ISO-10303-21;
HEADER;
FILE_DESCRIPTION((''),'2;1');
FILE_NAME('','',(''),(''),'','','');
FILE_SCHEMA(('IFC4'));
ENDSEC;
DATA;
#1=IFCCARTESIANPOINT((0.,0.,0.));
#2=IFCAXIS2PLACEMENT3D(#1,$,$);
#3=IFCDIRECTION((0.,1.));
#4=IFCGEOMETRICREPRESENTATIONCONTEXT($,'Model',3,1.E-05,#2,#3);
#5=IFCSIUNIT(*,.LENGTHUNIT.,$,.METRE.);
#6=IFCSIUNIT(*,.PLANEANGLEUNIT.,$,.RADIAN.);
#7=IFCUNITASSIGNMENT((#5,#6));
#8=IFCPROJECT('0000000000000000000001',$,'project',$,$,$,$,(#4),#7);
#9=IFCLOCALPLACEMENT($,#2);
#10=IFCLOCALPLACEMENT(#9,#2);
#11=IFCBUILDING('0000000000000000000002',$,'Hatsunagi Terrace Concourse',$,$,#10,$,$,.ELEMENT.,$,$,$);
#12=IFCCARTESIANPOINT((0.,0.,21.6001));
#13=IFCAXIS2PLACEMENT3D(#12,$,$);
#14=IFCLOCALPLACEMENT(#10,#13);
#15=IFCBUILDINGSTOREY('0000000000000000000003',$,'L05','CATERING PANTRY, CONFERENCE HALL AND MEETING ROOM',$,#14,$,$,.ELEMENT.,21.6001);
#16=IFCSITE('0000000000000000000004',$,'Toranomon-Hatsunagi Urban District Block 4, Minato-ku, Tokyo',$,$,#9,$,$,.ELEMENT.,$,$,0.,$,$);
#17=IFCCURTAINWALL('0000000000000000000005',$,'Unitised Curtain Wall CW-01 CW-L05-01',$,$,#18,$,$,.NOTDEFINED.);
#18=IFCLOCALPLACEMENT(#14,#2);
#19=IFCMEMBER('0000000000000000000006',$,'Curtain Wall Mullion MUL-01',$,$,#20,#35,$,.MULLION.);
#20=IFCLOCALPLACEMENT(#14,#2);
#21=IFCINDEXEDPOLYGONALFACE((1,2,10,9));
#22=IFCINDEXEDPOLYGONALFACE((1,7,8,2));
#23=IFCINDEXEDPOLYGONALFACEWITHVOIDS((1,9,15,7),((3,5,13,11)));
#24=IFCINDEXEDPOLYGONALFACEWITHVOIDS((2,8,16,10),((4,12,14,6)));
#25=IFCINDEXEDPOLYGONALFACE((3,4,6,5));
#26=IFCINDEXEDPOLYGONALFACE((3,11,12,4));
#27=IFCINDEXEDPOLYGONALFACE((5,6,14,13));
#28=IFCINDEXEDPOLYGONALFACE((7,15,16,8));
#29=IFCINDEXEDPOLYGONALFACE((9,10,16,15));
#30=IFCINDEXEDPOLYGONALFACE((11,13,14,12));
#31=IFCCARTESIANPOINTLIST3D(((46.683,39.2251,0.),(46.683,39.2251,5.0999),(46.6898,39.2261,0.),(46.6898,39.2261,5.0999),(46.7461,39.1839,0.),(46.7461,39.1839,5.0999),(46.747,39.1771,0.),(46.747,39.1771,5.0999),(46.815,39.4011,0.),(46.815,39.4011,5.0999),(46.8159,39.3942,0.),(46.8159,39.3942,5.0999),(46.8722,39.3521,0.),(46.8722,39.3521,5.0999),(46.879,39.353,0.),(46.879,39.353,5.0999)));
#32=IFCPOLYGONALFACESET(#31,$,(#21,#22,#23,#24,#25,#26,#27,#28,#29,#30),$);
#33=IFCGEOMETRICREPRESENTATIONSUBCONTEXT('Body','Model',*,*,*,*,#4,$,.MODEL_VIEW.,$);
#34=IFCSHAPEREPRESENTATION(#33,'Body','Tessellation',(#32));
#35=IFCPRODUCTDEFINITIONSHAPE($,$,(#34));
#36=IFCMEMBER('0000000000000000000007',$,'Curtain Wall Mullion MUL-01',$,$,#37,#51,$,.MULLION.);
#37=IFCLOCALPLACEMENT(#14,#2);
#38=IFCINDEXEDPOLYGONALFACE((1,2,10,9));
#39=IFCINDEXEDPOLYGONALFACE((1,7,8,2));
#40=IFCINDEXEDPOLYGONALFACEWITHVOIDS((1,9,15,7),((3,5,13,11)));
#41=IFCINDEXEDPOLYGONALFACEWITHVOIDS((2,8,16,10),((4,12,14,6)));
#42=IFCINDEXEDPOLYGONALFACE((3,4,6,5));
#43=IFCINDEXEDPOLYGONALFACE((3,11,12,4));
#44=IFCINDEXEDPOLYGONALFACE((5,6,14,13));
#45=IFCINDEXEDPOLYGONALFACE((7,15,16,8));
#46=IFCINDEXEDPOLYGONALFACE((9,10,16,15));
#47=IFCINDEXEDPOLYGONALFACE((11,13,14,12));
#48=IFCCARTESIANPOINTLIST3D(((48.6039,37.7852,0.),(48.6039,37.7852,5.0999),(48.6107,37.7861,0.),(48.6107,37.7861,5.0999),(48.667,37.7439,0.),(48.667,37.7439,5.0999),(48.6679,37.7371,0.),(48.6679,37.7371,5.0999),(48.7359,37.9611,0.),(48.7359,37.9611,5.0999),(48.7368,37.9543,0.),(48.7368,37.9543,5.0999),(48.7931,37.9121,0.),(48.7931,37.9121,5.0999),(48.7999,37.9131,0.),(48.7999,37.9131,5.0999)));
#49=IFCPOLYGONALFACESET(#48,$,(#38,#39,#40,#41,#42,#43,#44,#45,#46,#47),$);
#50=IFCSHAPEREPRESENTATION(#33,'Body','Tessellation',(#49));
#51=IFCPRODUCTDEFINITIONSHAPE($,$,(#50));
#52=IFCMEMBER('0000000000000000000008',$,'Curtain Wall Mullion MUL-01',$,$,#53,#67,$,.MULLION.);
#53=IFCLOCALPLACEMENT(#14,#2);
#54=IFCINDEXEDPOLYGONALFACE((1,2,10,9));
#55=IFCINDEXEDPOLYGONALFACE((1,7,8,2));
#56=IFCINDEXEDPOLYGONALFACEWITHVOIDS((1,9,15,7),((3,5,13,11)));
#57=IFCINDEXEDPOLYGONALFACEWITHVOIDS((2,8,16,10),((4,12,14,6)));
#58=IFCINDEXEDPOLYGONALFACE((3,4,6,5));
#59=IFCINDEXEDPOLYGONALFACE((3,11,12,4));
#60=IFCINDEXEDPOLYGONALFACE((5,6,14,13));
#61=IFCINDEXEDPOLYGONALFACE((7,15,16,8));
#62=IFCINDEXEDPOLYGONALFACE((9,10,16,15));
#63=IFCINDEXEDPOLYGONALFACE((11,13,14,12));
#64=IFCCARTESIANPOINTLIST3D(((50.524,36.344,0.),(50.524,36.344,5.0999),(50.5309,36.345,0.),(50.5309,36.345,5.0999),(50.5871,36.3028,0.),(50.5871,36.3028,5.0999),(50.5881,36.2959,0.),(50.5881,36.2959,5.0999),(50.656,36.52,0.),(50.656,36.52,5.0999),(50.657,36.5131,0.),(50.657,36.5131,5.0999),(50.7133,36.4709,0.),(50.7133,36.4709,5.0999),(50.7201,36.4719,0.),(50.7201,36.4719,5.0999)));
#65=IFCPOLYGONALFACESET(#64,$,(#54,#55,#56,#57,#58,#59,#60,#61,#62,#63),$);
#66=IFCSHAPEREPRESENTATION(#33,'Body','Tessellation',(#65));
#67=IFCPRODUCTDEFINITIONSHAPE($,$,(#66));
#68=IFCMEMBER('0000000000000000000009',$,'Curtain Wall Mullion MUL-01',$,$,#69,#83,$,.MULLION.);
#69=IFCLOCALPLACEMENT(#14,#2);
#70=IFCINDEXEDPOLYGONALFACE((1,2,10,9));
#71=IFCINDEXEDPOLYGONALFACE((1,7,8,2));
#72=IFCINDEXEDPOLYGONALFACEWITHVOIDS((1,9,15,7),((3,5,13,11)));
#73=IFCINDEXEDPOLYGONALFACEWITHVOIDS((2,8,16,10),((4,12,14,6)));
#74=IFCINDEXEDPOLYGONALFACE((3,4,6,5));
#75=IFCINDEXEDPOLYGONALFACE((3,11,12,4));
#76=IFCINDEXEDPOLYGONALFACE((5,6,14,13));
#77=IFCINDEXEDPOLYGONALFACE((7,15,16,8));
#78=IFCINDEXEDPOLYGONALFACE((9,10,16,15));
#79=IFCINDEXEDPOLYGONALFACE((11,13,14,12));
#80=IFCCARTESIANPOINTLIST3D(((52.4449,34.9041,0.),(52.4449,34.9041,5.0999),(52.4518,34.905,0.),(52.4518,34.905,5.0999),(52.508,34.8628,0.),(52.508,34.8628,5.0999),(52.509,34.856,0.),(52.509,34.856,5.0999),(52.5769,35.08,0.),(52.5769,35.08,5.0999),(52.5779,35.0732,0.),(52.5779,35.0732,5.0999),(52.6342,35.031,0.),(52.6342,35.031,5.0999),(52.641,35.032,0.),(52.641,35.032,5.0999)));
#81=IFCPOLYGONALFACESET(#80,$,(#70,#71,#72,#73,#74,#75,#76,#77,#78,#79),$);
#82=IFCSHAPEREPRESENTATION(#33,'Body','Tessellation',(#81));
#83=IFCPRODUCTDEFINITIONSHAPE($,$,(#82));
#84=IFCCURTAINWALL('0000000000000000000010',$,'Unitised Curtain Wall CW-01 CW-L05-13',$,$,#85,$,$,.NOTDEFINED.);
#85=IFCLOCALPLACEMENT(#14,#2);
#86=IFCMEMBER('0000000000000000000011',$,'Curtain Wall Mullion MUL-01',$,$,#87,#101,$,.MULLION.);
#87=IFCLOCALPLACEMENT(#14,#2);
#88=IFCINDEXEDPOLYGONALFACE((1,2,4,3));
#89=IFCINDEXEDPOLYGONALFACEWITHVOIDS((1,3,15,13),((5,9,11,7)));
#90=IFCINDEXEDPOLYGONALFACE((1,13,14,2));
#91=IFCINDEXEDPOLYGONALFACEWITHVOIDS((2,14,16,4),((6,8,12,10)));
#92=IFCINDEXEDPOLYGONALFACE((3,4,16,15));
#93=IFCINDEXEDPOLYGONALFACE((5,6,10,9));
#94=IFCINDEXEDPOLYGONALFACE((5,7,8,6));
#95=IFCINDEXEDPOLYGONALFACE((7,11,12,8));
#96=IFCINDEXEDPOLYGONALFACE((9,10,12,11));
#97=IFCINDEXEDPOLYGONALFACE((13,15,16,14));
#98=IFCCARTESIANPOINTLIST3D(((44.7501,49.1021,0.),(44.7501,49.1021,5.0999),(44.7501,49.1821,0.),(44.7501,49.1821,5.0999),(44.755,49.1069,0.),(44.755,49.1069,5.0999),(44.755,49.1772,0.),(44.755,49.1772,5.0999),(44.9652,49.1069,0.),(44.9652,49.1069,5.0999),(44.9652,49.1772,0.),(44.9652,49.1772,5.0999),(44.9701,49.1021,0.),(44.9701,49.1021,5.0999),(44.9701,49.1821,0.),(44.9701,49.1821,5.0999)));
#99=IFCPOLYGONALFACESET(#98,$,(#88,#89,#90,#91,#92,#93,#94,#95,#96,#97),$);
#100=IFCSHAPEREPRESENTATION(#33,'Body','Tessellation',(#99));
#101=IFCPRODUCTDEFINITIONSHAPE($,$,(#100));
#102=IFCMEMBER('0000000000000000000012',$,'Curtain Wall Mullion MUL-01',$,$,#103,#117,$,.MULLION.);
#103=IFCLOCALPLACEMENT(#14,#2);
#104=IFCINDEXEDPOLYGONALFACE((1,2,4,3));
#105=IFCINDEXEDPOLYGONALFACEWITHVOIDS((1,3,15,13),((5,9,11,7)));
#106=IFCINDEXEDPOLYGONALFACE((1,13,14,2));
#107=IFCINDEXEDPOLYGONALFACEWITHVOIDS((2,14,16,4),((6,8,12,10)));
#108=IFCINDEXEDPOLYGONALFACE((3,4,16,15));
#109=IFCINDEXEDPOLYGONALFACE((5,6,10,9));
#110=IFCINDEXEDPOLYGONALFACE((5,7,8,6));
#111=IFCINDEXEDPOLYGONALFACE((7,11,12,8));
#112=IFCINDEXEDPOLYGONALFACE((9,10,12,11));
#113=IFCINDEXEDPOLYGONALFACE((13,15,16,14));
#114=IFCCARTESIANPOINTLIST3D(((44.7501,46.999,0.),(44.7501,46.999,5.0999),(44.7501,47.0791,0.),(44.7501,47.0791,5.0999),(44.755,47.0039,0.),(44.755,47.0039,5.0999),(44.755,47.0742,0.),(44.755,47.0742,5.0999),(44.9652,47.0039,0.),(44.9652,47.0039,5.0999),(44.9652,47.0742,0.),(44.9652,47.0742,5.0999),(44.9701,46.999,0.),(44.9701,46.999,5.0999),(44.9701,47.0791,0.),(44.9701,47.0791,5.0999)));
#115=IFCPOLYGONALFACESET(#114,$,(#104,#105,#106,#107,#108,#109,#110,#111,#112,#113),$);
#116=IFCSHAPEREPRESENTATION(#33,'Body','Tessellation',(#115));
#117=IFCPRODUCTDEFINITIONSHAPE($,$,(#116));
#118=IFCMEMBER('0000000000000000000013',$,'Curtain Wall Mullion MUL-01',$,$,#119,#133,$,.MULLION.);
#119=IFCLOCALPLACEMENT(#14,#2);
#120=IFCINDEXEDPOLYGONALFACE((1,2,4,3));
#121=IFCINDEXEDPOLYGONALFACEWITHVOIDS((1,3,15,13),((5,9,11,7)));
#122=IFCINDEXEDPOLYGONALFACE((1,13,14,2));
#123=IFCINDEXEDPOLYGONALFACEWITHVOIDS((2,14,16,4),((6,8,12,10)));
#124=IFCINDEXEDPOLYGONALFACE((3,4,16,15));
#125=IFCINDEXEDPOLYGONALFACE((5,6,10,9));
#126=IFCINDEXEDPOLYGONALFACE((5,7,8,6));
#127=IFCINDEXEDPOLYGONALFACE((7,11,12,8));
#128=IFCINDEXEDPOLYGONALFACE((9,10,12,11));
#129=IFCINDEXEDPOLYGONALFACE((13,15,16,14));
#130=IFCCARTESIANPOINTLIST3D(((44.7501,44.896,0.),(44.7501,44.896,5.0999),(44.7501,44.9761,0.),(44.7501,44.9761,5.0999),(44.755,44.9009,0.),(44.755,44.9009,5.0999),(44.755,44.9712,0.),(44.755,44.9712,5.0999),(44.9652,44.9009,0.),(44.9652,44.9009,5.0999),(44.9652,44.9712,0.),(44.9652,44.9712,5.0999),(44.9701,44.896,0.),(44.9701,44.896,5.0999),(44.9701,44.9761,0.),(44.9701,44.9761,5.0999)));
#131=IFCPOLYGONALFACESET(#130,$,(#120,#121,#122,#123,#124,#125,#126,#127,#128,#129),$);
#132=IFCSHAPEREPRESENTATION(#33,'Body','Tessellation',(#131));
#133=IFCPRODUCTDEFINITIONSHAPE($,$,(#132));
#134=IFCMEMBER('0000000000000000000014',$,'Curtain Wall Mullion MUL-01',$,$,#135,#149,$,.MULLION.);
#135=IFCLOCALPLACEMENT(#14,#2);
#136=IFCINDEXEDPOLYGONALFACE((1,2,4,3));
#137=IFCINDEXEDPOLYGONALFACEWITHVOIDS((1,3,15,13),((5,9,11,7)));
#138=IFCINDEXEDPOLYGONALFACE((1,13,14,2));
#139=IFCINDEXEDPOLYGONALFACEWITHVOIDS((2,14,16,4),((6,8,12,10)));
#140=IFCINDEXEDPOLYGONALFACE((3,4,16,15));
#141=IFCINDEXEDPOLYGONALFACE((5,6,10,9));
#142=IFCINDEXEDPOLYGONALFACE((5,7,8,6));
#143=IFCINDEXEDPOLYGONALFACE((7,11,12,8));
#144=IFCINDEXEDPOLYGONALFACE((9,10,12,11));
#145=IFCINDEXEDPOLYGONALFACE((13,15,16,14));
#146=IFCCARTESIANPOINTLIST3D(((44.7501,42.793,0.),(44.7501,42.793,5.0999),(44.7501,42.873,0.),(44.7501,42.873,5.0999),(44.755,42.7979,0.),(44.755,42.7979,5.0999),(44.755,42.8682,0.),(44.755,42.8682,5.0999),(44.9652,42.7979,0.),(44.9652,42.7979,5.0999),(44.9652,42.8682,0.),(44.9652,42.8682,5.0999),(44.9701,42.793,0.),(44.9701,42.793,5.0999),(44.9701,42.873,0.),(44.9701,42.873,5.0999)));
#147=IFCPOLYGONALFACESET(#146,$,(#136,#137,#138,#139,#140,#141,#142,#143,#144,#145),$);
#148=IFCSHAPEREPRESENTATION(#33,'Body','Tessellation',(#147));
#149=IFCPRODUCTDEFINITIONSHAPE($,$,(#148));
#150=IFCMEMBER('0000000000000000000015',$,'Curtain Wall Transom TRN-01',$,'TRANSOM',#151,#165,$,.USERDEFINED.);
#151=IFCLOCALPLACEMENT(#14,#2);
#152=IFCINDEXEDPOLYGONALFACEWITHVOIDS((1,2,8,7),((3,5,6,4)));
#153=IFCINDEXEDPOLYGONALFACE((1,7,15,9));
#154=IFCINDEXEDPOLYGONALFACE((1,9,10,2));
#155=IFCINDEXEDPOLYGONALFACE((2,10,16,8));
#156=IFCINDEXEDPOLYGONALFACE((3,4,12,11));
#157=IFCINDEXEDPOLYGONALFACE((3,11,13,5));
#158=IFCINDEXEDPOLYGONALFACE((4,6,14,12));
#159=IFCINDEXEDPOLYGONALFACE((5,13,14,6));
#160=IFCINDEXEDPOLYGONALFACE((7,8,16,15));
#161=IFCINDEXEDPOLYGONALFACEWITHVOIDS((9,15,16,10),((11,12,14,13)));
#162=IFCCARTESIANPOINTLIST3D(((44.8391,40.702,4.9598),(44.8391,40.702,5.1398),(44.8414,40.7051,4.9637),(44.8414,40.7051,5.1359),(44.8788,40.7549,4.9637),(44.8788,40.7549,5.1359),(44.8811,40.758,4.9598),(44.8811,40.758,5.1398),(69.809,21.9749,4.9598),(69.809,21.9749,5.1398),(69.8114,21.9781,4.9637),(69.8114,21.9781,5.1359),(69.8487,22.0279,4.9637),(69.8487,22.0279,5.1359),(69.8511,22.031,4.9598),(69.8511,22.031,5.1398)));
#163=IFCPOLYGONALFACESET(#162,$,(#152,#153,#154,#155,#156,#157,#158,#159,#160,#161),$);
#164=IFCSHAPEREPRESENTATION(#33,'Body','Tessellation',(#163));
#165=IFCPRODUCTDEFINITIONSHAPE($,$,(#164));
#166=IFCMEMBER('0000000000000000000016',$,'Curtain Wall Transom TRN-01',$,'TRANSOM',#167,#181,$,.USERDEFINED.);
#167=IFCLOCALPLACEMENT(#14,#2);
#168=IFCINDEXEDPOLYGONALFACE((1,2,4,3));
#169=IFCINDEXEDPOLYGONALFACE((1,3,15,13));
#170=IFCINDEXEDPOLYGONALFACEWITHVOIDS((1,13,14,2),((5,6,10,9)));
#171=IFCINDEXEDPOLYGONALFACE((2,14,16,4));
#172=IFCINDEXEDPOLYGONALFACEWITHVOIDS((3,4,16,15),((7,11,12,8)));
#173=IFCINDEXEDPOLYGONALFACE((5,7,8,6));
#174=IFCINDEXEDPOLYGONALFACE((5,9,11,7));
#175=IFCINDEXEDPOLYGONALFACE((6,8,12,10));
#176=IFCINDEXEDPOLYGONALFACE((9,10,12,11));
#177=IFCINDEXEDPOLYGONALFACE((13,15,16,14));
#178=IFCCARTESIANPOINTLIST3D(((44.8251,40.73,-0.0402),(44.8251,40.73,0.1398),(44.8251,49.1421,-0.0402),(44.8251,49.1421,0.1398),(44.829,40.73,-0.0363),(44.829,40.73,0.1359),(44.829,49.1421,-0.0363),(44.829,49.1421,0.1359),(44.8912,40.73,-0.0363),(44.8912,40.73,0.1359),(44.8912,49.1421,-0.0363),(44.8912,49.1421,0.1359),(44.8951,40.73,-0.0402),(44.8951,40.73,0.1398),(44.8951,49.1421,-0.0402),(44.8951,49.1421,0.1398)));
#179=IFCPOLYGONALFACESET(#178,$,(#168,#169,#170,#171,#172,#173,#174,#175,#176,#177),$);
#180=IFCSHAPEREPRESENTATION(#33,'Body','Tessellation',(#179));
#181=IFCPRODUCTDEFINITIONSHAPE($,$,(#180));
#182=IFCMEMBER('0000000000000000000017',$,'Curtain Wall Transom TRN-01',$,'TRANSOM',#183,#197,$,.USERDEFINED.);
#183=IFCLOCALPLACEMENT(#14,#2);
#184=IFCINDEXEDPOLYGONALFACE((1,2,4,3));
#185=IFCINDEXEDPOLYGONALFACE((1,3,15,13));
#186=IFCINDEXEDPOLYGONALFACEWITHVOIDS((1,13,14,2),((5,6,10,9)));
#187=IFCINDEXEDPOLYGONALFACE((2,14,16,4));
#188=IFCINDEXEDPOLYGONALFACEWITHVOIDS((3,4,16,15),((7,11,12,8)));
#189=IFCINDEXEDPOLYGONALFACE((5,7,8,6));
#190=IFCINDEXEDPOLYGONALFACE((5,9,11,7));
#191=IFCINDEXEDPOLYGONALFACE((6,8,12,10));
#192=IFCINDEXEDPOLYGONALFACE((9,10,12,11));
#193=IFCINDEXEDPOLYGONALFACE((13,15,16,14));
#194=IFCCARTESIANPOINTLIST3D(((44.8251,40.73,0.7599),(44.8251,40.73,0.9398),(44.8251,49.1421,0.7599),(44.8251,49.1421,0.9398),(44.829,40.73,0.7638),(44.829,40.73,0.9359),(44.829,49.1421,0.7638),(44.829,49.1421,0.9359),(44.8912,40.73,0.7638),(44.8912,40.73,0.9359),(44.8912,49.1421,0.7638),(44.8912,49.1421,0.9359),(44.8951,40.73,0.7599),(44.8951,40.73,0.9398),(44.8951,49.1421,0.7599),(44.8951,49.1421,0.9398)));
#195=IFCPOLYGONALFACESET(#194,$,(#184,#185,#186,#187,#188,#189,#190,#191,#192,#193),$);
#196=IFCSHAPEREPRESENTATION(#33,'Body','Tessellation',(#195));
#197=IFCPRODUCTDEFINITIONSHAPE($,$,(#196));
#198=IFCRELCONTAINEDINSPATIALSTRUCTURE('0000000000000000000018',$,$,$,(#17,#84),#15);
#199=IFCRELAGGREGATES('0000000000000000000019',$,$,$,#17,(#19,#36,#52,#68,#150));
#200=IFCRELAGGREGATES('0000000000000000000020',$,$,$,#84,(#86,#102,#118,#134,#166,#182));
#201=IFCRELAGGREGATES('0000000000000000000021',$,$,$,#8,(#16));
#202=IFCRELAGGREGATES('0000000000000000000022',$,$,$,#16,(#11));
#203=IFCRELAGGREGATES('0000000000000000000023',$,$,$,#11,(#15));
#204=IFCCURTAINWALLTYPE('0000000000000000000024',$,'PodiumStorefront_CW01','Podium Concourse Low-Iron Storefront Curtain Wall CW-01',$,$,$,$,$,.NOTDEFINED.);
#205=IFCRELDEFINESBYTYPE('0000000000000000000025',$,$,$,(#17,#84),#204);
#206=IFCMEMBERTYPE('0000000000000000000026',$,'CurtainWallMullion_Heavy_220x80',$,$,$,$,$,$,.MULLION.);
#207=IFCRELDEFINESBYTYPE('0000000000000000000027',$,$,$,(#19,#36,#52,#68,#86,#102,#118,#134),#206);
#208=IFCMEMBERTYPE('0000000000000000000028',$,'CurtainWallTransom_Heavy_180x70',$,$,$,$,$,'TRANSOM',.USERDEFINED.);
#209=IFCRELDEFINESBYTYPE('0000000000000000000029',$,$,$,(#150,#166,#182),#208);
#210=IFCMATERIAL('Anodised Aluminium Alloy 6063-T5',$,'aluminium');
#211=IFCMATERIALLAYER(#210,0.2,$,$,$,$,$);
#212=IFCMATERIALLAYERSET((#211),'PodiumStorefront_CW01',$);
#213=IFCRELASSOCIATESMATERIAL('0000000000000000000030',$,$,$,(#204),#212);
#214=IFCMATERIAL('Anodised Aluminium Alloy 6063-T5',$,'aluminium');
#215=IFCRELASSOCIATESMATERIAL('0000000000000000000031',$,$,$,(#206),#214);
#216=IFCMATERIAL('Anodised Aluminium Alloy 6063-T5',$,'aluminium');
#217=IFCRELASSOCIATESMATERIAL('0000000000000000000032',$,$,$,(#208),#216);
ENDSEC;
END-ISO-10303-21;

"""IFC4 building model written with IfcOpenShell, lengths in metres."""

from ifc_helpers import new_model, si_unit, direction, frame, origin, origin_2d, place, context, subcontext, project, spatial, hollow_rectangle, extrude, material, layer, layer_set, material_profile, profile_set, type_object, element, aggregate, save


model = new_model("IFC4")

# Units and contexts
model_context = context("Model", 3, precision=1e-05, world=origin(), true_north=direction((0.0, 1.0)))
body_context = subcontext(model_context, "Body", "Model", "MODEL_VIEW")
ifc_project = project(units=[si_unit("LENGTHUNIT", "METRE"), si_unit("PLANEANGLEUNIT", "RADIAN")], contexts=[model_context])

# Site, building, storey
site_placement = place(None, origin())
site = spatial("IfcSite", under=ifc_project, at=site_placement, Name="Toranomon-Hatsunagi Urban District Block 4, Minato-ku, Tokyo", CompositionType="ELEMENT", RefElevation=0.0)
building_placement = place(site_placement, origin())
building = spatial("IfcBuilding", under=site, at=building_placement, Name="Hatsunagi Terrace Concourse", CompositionType="ELEMENT")
storey_placement = place(building_placement, frame((0.0, 0.0, 21.6001)))
storey = spatial("IfcBuildingStorey", under=building, at=storey_placement, Name="L05", Description="CATERING PANTRY, CONFERENCE HALL AND MEETING ROOM", CompositionType="ELEMENT", Elevation=21.6001)

# Curtain walls, members
ifc_material_1 = material(Name="Anodised Aluminium Alloy 6063-T5", Category="aluminium")
ifc_layer_1 = layer(ifc_material_1, 0.2)
ifc_layer_set_1 = layer_set([ifc_layer_1], Name="PodiumStorefront_CW01")
curtain_wall_type = type_object("IfcCurtainWallType", Name="PodiumStorefront_CW01", Description="Podium Concourse Low-Iron Storefront Curtain Wall CW-01", PredefinedType="NOTDEFINED", material=ifc_layer_set_1)
curtain_wall_1_placement = place(storey_placement, origin())
curtain_wall_1 = element("IfcCurtainWall", 1, at=curtain_wall_1_placement, inside=storey, type_object=curtain_wall_type, Name="Unitised Curtain Wall CW-01 CW-L05-01", PredefinedType="NOTDEFINED")
ifc_material_2 = material(Name="Anodised Aluminium Alloy 6063-T5", Category="aluminium")
ifc_material_profile_1 = material_profile(ifc_material_2, hollow_rectangle(XDim=0.0801, YDim=0.22, WallThickness=0.0049, at=origin_2d()), Name="ALU-MUL-220x80x5")
ifc_profile_set_1 = profile_set([ifc_material_profile_1], Name="Anodised Aluminium Alloy 6063-T5")
member_type_1 = type_object("IfcMemberType", Name="CurtainWallMullion_Heavy_220x80", PredefinedType="MULLION", material=ifc_profile_set_1)
member_1_placement = place(storey_placement, frame((46.781, 39.2891, 0.0), z_axis=(0.0, 0.0, 1.0), x_axis=(0.800007, -0.59999, 0.0)))
member_1 = element("IfcMember", 2, at=member_1_placement, type_object=member_type_1, Name="Curtain Wall Mullion MUL-01", PredefinedType="MULLION", context=body_context, shape_type="SweptSolid", body=[
    extrude(hollow_rectangle(XDim=0.0801, YDim=0.22, WallThickness=0.0049, at=origin_2d()), origin(), (0.0, 0.0, 1.0), 5.0999),
])
member_2_placement = place(storey_placement, frame((48.7019, 37.8491, 0.0), z_axis=(0.0, 0.0, 1.0), x_axis=(0.800007, -0.59999, 0.0)))
member_2 = element("IfcMember", 3, at=member_2_placement, type_object=member_type_1, Name="Curtain Wall Mullion MUL-01", PredefinedType="MULLION", context=body_context, shape_type="SweptSolid", body=[
    extrude(hollow_rectangle(XDim=0.0801, YDim=0.22, WallThickness=0.0049, at=origin_2d()), origin(), (0.0, 0.0, 1.0), 5.0999),
])
member_3_placement = place(storey_placement, frame((50.6221, 36.408, 0.0), z_axis=(0.0, 0.0, 1.0), x_axis=(0.800007, -0.59999, 0.0)))
member_3 = element("IfcMember", 4, at=member_3_placement, type_object=member_type_1, Name="Curtain Wall Mullion MUL-01", PredefinedType="MULLION", context=body_context, shape_type="SweptSolid", body=[
    extrude(hollow_rectangle(XDim=0.0801, YDim=0.22, WallThickness=0.0049, at=origin_2d()), origin(), (0.0, 0.0, 1.0), 5.0999),
])
member_4_placement = place(storey_placement, frame((52.543, 34.968, 0.0), z_axis=(0.0, 0.0, 1.0), x_axis=(0.800007, -0.59999, 0.0)))
member_4 = element("IfcMember", 5, at=member_4_placement, type_object=member_type_1, Name="Curtain Wall Mullion MUL-01", PredefinedType="MULLION", context=body_context, shape_type="SweptSolid", body=[
    extrude(hollow_rectangle(XDim=0.0801, YDim=0.22, WallThickness=0.0049, at=origin_2d()), origin(), (0.0, 0.0, 1.0), 5.0999),
])
curtain_wall_2_placement = place(storey_placement, origin())
curtain_wall_2 = element("IfcCurtainWall", 6, at=curtain_wall_2_placement, inside=storey, type_object=curtain_wall_type, Name="Unitised Curtain Wall CW-01 CW-L05-13", PredefinedType="NOTDEFINED")
member_5_placement = place(storey_placement, frame((44.8601, 49.1421, 0.0), z_axis=(0.0, 0.0, 1.0), x_axis=(0.0, -1.0, 0.0)))
member_5 = element("IfcMember", 7, at=member_5_placement, type_object=member_type_1, Name="Curtain Wall Mullion MUL-01", PredefinedType="MULLION", context=body_context, shape_type="SweptSolid", body=[
    extrude(hollow_rectangle(XDim=0.0801, YDim=0.22, WallThickness=0.0049, at=origin_2d()), origin(), (0.0, 0.0, 1.0), 5.0999),
])
member_6_placement = place(storey_placement, frame((44.8601, 47.0391, 0.0), z_axis=(0.0, 0.0, 1.0), x_axis=(0.0, -1.0, 0.0)))
member_6 = element("IfcMember", 8, at=member_6_placement, type_object=member_type_1, Name="Curtain Wall Mullion MUL-01", PredefinedType="MULLION", context=body_context, shape_type="SweptSolid", body=[
    extrude(hollow_rectangle(XDim=0.0801, YDim=0.22, WallThickness=0.0049, at=origin_2d()), origin(), (0.0, 0.0, 1.0), 5.0999),
])
member_7_placement = place(storey_placement, frame((44.8601, 44.936, 0.0), z_axis=(0.0, 0.0, 1.0), x_axis=(0.0, -1.0, 0.0)))
member_7 = element("IfcMember", 9, at=member_7_placement, type_object=member_type_1, Name="Curtain Wall Mullion MUL-01", PredefinedType="MULLION", context=body_context, shape_type="SweptSolid", body=[
    extrude(hollow_rectangle(XDim=0.0801, YDim=0.22, WallThickness=0.0049, at=origin_2d()), origin(), (0.0, 0.0, 1.0), 5.0999),
])
member_8_placement = place(storey_placement, frame((44.8601, 42.833, 0.0), z_axis=(0.0, 0.0, 1.0), x_axis=(0.0, -1.0, 0.0)))
member_8 = element("IfcMember", 10, at=member_8_placement, type_object=member_type_1, Name="Curtain Wall Mullion MUL-01", PredefinedType="MULLION", context=body_context, shape_type="SweptSolid", body=[
    extrude(hollow_rectangle(XDim=0.0801, YDim=0.22, WallThickness=0.0049, at=origin_2d()), origin(), (0.0, 0.0, 1.0), 5.0999),
])

# Members
ifc_material_3 = material(Name="Anodised Aluminium Alloy 6063-T5", Category="aluminium")
ifc_material_profile_2 = material_profile(ifc_material_3, hollow_rectangle(XDim=0.0701, YDim=0.1799, WallThickness=0.0039, at=origin_2d()), Name="ALU-TRN-180x70x4")
ifc_profile_set_2 = profile_set([ifc_material_profile_2], Name="Anodised Aluminium Alloy 6063-T5")
member_type_2 = type_object("IfcMemberType", Name="CurtainWallTransom_Heavy_180x70", ElementType="TRANSOM", PredefinedType="USERDEFINED", material=ifc_profile_set_2)
member_9_placement = place(storey_placement, frame((44.8601, 40.73, 5.0498), z_axis=(0.800007, -0.599991, 0.0), x_axis=(0.599991, 0.800007, 0.0)))
member_9 = element("IfcMember", 11, at=member_9_placement, type_object=member_type_2, Name="Curtain Wall Transom TRN-01", ObjectType="TRANSOM", PredefinedType="USERDEFINED", context=body_context, shape_type="SweptSolid", body=[
    extrude(hollow_rectangle(XDim=0.0701, YDim=0.1799, WallThickness=0.0039, at=origin_2d()), origin(), (0.0, 0.0, 1.0), 31.2122),
])
member_10_placement = place(storey_placement, frame((44.8601, 49.1421, 0.0498), z_axis=(0.0, -1.0, 0.0), x_axis=(1.0, 0.0, 0.0)))
member_10 = element("IfcMember", 12, at=member_10_placement, type_object=member_type_2, Name="Curtain Wall Transom TRN-01", ObjectType="TRANSOM", PredefinedType="USERDEFINED", context=body_context, shape_type="SweptSolid", body=[
    extrude(hollow_rectangle(XDim=0.0701, YDim=0.1799, WallThickness=0.0039, at=origin_2d()), origin(), (0.0, 0.0, 1.0), 8.4121),
])
member_11_placement = place(storey_placement, frame((44.8601, 49.1421, 0.8499), z_axis=(0.0, -1.0, 0.0), x_axis=(1.0, 0.0, 0.0)))
member_11 = element("IfcMember", 13, at=member_11_placement, type_object=member_type_2, Name="Curtain Wall Transom TRN-01", ObjectType="TRANSOM", PredefinedType="USERDEFINED", context=body_context, shape_type="SweptSolid", body=[
    extrude(hollow_rectangle(XDim=0.0701, YDim=0.1799, WallThickness=0.0039, at=origin_2d()), origin(), (0.0, 0.0, 1.0), 8.4121),
])

aggregate(curtain_wall_1, [member_1, member_2, member_3, member_4, member_9])
aggregate(curtain_wall_2, [member_5, member_6, member_7, member_8, member_10, member_11])

save(model, "model.ifc")
